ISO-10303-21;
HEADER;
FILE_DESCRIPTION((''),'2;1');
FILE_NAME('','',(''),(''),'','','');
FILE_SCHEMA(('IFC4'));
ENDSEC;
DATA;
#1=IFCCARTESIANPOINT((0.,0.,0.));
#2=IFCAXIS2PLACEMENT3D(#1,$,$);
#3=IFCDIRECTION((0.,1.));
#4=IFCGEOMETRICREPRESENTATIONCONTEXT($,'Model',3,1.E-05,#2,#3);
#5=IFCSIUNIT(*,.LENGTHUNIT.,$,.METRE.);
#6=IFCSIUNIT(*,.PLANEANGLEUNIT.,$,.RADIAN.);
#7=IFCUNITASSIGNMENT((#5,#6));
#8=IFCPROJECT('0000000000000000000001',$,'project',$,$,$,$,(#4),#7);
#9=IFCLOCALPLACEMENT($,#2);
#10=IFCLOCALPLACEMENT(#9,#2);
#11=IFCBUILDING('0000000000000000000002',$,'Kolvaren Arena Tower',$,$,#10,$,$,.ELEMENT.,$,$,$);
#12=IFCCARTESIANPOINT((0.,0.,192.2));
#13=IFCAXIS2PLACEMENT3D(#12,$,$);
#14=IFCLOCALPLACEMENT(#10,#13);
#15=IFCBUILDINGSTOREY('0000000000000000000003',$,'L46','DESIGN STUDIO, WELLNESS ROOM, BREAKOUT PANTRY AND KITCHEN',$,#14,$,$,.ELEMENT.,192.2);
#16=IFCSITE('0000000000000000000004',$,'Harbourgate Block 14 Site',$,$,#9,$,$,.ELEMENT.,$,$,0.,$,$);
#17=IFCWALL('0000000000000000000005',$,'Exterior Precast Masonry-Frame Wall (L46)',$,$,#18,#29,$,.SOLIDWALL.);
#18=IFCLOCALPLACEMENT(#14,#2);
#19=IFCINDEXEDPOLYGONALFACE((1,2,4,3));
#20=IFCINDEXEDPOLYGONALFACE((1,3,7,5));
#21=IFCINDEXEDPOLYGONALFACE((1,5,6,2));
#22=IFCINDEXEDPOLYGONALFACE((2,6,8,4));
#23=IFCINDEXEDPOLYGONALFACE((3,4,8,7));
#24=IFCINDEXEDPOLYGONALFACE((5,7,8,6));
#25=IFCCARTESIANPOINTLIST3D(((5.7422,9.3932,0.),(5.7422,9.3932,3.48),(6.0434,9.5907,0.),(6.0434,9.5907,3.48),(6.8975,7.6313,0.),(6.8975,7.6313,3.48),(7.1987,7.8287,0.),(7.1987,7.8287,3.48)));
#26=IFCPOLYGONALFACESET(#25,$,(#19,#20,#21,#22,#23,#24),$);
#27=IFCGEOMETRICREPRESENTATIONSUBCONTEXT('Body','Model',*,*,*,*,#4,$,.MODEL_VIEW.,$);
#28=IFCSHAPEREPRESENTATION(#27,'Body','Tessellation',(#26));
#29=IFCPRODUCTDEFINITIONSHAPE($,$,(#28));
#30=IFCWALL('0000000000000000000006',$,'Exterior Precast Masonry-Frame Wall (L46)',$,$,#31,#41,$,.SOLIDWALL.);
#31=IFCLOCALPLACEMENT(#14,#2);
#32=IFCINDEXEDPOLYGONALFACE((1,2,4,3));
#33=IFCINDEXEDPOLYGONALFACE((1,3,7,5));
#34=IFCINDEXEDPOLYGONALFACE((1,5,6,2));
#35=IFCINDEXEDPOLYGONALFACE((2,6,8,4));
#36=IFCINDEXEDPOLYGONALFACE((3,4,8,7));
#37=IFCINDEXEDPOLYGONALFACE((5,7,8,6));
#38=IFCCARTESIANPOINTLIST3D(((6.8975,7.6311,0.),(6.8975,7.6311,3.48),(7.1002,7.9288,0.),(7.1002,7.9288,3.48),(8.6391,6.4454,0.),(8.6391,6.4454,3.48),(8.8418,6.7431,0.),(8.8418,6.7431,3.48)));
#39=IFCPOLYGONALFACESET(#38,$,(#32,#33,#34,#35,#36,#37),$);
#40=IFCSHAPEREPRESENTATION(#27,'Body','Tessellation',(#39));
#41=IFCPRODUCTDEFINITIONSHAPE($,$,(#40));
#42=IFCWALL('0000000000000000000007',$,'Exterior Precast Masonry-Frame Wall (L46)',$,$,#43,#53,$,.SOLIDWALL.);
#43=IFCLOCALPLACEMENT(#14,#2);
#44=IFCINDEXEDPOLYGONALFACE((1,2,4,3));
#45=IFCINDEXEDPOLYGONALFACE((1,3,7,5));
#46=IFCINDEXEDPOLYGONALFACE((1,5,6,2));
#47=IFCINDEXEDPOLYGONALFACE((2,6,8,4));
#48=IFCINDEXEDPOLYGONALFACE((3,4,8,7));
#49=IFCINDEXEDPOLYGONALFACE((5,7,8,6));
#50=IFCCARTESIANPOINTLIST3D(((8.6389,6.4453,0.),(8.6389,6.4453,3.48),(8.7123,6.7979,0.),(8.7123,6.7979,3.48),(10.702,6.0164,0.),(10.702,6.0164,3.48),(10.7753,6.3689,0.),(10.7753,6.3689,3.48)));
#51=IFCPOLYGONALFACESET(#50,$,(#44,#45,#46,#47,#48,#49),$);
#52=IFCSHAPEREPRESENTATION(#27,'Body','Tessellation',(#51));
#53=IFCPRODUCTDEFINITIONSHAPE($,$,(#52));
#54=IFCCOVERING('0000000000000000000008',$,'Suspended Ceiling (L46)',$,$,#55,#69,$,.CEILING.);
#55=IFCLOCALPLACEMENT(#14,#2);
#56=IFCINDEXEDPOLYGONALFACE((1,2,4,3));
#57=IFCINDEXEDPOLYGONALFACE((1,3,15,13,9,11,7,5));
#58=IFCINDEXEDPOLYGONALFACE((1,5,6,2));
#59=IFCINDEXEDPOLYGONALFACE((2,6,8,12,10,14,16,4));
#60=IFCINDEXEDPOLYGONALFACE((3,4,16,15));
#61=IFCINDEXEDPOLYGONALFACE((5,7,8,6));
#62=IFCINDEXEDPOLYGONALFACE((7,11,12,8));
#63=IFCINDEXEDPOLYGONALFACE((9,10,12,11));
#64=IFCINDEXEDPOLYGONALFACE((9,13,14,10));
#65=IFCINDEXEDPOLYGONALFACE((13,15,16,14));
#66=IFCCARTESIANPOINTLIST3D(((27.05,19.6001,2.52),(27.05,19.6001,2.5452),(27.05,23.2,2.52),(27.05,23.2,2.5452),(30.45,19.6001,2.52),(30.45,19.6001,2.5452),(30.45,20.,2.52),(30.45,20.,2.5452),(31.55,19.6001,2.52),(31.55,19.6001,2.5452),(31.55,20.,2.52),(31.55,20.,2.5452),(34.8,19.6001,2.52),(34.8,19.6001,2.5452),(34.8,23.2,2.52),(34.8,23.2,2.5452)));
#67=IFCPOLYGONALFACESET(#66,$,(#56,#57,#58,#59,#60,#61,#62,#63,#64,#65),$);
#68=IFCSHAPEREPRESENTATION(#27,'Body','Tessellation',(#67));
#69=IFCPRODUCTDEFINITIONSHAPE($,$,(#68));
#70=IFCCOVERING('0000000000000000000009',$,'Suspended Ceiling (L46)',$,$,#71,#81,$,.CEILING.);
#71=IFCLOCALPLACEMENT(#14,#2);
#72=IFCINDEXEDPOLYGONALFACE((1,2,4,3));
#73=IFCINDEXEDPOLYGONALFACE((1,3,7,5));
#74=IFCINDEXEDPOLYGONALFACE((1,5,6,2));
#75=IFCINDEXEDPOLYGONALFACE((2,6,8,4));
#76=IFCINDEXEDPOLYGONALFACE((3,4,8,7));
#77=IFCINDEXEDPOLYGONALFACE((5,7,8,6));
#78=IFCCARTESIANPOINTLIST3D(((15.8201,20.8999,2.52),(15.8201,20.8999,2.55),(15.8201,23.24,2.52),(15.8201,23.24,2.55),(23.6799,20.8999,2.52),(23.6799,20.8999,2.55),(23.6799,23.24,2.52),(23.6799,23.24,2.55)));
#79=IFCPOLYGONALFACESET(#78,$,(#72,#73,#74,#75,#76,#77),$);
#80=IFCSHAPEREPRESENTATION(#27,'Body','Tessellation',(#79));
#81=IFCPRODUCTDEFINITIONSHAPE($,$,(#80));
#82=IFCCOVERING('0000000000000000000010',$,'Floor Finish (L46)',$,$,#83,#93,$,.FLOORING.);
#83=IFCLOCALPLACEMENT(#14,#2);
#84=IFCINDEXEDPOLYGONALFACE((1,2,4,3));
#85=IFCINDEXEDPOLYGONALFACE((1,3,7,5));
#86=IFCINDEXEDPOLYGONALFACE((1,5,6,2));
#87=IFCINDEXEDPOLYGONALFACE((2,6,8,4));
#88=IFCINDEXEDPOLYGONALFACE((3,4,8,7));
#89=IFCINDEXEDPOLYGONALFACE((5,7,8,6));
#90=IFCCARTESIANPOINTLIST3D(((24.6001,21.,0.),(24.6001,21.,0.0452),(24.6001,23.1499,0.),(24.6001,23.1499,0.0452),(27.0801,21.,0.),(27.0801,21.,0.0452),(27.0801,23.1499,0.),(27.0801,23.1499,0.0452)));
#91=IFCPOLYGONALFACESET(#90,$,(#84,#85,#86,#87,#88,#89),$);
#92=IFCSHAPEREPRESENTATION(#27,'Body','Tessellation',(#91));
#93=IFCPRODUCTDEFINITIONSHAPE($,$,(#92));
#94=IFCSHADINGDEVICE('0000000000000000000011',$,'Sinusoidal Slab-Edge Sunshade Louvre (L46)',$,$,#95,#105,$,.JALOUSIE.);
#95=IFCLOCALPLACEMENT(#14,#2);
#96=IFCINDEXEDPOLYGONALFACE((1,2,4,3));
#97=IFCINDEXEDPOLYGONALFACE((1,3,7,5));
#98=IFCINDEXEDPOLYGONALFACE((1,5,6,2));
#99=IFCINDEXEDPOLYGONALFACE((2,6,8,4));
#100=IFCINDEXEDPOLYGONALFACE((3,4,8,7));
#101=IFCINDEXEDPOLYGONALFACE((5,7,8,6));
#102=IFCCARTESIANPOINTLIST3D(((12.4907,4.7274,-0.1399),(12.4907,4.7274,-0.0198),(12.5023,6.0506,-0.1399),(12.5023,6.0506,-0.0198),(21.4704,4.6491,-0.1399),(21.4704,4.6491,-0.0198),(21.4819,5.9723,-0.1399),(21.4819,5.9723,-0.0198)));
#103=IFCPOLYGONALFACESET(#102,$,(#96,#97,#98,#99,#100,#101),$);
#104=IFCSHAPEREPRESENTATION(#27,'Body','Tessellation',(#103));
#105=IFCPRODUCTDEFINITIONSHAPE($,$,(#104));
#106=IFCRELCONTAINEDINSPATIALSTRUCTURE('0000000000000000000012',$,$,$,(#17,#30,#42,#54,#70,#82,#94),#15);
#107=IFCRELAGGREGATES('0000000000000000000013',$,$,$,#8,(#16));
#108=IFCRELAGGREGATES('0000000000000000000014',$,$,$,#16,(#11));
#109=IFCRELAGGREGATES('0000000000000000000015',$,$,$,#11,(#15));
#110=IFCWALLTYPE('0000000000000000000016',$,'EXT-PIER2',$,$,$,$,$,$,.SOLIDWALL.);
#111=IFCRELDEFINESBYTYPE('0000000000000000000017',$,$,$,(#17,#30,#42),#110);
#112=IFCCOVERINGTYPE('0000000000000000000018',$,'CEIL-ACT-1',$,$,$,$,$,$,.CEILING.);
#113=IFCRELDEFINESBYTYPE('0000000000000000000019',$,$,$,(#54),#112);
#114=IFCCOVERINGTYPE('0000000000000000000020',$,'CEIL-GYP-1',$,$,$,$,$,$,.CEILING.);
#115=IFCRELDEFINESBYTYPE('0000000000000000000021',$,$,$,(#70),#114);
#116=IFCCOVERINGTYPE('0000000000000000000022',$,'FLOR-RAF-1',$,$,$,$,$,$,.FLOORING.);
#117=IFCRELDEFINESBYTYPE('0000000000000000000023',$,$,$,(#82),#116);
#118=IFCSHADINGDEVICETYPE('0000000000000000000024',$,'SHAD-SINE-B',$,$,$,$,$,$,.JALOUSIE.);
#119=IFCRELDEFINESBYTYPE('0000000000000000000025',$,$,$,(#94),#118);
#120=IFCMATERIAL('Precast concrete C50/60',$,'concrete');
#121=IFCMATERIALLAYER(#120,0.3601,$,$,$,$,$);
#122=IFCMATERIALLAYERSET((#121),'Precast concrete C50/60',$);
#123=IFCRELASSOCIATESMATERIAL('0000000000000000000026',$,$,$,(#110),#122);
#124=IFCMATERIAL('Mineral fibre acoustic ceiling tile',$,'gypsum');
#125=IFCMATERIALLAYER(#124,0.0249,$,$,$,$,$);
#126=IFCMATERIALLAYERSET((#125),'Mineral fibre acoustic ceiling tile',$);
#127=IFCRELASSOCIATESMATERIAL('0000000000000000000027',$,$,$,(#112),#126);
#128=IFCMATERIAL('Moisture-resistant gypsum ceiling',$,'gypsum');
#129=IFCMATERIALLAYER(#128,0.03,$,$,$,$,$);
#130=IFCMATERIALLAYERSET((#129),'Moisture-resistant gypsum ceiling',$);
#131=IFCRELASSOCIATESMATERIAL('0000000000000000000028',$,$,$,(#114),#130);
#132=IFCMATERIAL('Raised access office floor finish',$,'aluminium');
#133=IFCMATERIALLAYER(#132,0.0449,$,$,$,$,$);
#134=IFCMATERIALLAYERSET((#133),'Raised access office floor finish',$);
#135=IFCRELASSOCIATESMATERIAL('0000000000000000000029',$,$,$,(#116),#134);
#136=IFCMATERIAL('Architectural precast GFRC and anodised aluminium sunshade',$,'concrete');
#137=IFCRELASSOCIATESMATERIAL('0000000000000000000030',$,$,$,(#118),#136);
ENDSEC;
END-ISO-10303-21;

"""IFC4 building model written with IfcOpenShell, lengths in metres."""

from ifc_helpers import new_model, si_unit, direction, frame, frame_2d, origin, origin_2d, place, context, subcontext, project, spatial, polyline, rectangle, outline, extrude, material, layer, layer_set, type_object, element, save


model = new_model("IFC4")

# Units and contexts
model_context = context("Model", 3, precision=1e-05, world=origin(), true_north=direction((0.0, 1.0)))
body_context = subcontext(model_context, "Body", "Model", "MODEL_VIEW")
ifc_project = project(units=[si_unit("LENGTHUNIT", "METRE"), si_unit("PLANEANGLEUNIT", "RADIAN")], contexts=[model_context])

# Site, building, storey
site_placement = place(None, origin())
site = spatial("IfcSite", under=ifc_project, at=site_placement, Name="Harbourgate Block 14 Site", CompositionType="ELEMENT", RefElevation=0.0)
building_placement = place(site_placement, origin())
building = spatial("IfcBuilding", under=site, at=building_placement, Name="Kolvaren Arena Tower", CompositionType="ELEMENT")
storey_placement = place(building_placement, frame((0.0, 0.0, 192.2)))
storey = spatial("IfcBuildingStorey", under=building, at=storey_placement, Name="L46", Description="DESIGN STUDIO, WELLNESS ROOM, BREAKOUT PANTRY AND KITCHEN", CompositionType="ELEMENT", Elevation=192.2)

# Walls
ifc_material_1 = material(Name="Precast concrete C50/60", Category="concrete")
ifc_layer_1 = layer(ifc_material_1, 0.3601)
ifc_layer_set_1 = layer_set([ifc_layer_1], Name="Precast concrete C50/60")
wall_type = type_object("IfcWallType", Name="EXT-PIER2", PredefinedType="SOLIDWALL", material=ifc_layer_set_1)
for number, where, z_axis, x_axis, name in (
    (1, (7.0481, 7.73, 0.0), (0.0, 0.0, 1.0), (-0.54832, 0.836269, 0.0), "Exterior Precast Masonry-Frame Wall (L46)"),
    (2, (8.7405, 6.5942, 0.0), (0.0, 0.0, 1.0), (-0.82661, 0.562776, 0.0), "Exterior Precast Masonry-Frame Wall (L46)"),
):
    element("IfcWall", number, at=place(storey_placement, frame(where, z_axis=z_axis, x_axis=x_axis)), inside=storey, type_object=wall_type, Name=name, PredefinedType="SOLIDWALL", context=body_context, shape_type="SweptSolid", body=[
        extrude(rectangle(XDim=2.1069, YDim=0.3601, at=frame_2d((1.0535, 0.0))), origin(), (0.0, 0.0, 1.0), 3.48),
    ])
wall_placement = place(storey_placement, frame((10.7388, 6.1926, 0.0), z_axis=(0.0, 0.0, 1.0), x_axis=(-0.979059, 0.203575, 0.0)))
element("IfcWall", 3, at=wall_placement, inside=storey, type_object=wall_type, Name="Exterior Precast Masonry-Frame Wall (L46)", PredefinedType="SOLIDWALL", context=body_context, shape_type="SweptSolid", body=[
    extrude(rectangle(XDim=2.1072, YDim=0.3601, at=frame_2d((1.0537, 0.0))), origin(), (0.0, 0.0, 1.0), 3.48),
])

# Coverings
ifc_material_2 = material(Name="Mineral fibre acoustic ceiling tile", Category="gypsum")
ifc_layer_2 = layer(ifc_material_2, 0.0249)
ifc_layer_set_2 = layer_set([ifc_layer_2], Name="Mineral fibre acoustic ceiling tile")
covering_type_1 = type_object("IfcCoveringType", Name="CEIL-ACT-1", PredefinedType="CEILING", material=ifc_layer_set_2)
covering_1_placement = place(storey_placement, frame((0.0, 0.0, 2.52)))
element("IfcCovering", 4, at=covering_1_placement, inside=storey, type_object=covering_type_1, Name="Suspended Ceiling (L46)", PredefinedType="CEILING", context=body_context, shape_type="SweptSolid", body=[
    extrude(outline(polyline([(27.05, 19.6001), (27.05, 23.2), (34.8, 23.2), (34.8, 19.6001), (31.55, 19.6001), (31.55, 20.0), (30.45, 20.0), (30.45, 19.6001), (27.05, 19.6001)])), origin(), (0.0, 0.0, 1.0), 0.0251),
])
ifc_material_3 = material(Name="Moisture-resistant gypsum ceiling", Category="gypsum")
ifc_layer_3 = layer(ifc_material_3, 0.03)
ifc_layer_set_3 = layer_set([ifc_layer_3], Name="Moisture-resistant gypsum ceiling")
covering_type_2 = type_object("IfcCoveringType", Name="CEIL-GYP-1", PredefinedType="CEILING", material=ifc_layer_set_3)
covering_2_placement = place(storey_placement, frame((0.0, 0.0, 2.52)))
element("IfcCovering", 5, at=covering_2_placement, inside=storey, type_object=covering_type_2, Name="Suspended Ceiling (L46)", PredefinedType="CEILING", context=body_context, shape_type="SweptSolid", body=[
    extrude(outline(polyline([(15.8201, 20.8999), (15.8201, 23.24), (23.6799, 23.24), (23.6799, 20.8999), (15.8201, 20.8999)])), origin(), (0.0, 0.0, 1.0), 0.03),
])
ifc_material_4 = material(Name="Raised access office floor finish", Category="aluminium")
ifc_layer_4 = layer(ifc_material_4, 0.0449)
ifc_layer_set_4 = layer_set([ifc_layer_4], Name="Raised access office floor finish")
covering_type_3 = type_object("IfcCoveringType", Name="FLOR-RAF-1", PredefinedType="FLOORING", material=ifc_layer_set_4)
covering_3_placement = place(storey_placement, origin())
element("IfcCovering", 6, at=covering_3_placement, inside=storey, type_object=covering_type_3, Name="Floor Finish (L46)", PredefinedType="FLOORING", context=body_context, shape_type="SweptSolid", body=[
    extrude(outline(polyline([(24.6001, 21.0), (24.6001, 23.1499), (27.0801, 23.1499), (27.0801, 21.0), (24.6001, 21.0)])), origin(), (0.0, 0.0, 1.0), 0.0452),
])

# Shading device
ifc_material_5 = material(Name="Architectural precast GFRC and anodised aluminium sunshade", Category="concrete")
shading_device_type = type_object("IfcShadingDeviceType", Name="SHAD-SINE-B", PredefinedType="JALOUSIE", material=ifc_material_5)
shading_device_placement = place(storey_placement, frame((16.9863, 5.3499, -0.1399), z_axis=(0.0, 0.0, 1.0), x_axis=(-0.999962, 0.008727, 0.0)))
element("IfcShadingDevice", 7, at=shading_device_placement, inside=storey, type_object=shading_device_type, Name="Sinusoidal Slab-Edge Sunshade Louvre (L46)", PredefinedType="JALOUSIE", context=body_context, shape_type="SweptSolid", body=[
    extrude(rectangle(XDim=8.98, YDim=1.3232, at=origin_2d()), origin(), (0.0, 0.0, 1.0), 0.1201),
])

save(model, "model.ifc")
